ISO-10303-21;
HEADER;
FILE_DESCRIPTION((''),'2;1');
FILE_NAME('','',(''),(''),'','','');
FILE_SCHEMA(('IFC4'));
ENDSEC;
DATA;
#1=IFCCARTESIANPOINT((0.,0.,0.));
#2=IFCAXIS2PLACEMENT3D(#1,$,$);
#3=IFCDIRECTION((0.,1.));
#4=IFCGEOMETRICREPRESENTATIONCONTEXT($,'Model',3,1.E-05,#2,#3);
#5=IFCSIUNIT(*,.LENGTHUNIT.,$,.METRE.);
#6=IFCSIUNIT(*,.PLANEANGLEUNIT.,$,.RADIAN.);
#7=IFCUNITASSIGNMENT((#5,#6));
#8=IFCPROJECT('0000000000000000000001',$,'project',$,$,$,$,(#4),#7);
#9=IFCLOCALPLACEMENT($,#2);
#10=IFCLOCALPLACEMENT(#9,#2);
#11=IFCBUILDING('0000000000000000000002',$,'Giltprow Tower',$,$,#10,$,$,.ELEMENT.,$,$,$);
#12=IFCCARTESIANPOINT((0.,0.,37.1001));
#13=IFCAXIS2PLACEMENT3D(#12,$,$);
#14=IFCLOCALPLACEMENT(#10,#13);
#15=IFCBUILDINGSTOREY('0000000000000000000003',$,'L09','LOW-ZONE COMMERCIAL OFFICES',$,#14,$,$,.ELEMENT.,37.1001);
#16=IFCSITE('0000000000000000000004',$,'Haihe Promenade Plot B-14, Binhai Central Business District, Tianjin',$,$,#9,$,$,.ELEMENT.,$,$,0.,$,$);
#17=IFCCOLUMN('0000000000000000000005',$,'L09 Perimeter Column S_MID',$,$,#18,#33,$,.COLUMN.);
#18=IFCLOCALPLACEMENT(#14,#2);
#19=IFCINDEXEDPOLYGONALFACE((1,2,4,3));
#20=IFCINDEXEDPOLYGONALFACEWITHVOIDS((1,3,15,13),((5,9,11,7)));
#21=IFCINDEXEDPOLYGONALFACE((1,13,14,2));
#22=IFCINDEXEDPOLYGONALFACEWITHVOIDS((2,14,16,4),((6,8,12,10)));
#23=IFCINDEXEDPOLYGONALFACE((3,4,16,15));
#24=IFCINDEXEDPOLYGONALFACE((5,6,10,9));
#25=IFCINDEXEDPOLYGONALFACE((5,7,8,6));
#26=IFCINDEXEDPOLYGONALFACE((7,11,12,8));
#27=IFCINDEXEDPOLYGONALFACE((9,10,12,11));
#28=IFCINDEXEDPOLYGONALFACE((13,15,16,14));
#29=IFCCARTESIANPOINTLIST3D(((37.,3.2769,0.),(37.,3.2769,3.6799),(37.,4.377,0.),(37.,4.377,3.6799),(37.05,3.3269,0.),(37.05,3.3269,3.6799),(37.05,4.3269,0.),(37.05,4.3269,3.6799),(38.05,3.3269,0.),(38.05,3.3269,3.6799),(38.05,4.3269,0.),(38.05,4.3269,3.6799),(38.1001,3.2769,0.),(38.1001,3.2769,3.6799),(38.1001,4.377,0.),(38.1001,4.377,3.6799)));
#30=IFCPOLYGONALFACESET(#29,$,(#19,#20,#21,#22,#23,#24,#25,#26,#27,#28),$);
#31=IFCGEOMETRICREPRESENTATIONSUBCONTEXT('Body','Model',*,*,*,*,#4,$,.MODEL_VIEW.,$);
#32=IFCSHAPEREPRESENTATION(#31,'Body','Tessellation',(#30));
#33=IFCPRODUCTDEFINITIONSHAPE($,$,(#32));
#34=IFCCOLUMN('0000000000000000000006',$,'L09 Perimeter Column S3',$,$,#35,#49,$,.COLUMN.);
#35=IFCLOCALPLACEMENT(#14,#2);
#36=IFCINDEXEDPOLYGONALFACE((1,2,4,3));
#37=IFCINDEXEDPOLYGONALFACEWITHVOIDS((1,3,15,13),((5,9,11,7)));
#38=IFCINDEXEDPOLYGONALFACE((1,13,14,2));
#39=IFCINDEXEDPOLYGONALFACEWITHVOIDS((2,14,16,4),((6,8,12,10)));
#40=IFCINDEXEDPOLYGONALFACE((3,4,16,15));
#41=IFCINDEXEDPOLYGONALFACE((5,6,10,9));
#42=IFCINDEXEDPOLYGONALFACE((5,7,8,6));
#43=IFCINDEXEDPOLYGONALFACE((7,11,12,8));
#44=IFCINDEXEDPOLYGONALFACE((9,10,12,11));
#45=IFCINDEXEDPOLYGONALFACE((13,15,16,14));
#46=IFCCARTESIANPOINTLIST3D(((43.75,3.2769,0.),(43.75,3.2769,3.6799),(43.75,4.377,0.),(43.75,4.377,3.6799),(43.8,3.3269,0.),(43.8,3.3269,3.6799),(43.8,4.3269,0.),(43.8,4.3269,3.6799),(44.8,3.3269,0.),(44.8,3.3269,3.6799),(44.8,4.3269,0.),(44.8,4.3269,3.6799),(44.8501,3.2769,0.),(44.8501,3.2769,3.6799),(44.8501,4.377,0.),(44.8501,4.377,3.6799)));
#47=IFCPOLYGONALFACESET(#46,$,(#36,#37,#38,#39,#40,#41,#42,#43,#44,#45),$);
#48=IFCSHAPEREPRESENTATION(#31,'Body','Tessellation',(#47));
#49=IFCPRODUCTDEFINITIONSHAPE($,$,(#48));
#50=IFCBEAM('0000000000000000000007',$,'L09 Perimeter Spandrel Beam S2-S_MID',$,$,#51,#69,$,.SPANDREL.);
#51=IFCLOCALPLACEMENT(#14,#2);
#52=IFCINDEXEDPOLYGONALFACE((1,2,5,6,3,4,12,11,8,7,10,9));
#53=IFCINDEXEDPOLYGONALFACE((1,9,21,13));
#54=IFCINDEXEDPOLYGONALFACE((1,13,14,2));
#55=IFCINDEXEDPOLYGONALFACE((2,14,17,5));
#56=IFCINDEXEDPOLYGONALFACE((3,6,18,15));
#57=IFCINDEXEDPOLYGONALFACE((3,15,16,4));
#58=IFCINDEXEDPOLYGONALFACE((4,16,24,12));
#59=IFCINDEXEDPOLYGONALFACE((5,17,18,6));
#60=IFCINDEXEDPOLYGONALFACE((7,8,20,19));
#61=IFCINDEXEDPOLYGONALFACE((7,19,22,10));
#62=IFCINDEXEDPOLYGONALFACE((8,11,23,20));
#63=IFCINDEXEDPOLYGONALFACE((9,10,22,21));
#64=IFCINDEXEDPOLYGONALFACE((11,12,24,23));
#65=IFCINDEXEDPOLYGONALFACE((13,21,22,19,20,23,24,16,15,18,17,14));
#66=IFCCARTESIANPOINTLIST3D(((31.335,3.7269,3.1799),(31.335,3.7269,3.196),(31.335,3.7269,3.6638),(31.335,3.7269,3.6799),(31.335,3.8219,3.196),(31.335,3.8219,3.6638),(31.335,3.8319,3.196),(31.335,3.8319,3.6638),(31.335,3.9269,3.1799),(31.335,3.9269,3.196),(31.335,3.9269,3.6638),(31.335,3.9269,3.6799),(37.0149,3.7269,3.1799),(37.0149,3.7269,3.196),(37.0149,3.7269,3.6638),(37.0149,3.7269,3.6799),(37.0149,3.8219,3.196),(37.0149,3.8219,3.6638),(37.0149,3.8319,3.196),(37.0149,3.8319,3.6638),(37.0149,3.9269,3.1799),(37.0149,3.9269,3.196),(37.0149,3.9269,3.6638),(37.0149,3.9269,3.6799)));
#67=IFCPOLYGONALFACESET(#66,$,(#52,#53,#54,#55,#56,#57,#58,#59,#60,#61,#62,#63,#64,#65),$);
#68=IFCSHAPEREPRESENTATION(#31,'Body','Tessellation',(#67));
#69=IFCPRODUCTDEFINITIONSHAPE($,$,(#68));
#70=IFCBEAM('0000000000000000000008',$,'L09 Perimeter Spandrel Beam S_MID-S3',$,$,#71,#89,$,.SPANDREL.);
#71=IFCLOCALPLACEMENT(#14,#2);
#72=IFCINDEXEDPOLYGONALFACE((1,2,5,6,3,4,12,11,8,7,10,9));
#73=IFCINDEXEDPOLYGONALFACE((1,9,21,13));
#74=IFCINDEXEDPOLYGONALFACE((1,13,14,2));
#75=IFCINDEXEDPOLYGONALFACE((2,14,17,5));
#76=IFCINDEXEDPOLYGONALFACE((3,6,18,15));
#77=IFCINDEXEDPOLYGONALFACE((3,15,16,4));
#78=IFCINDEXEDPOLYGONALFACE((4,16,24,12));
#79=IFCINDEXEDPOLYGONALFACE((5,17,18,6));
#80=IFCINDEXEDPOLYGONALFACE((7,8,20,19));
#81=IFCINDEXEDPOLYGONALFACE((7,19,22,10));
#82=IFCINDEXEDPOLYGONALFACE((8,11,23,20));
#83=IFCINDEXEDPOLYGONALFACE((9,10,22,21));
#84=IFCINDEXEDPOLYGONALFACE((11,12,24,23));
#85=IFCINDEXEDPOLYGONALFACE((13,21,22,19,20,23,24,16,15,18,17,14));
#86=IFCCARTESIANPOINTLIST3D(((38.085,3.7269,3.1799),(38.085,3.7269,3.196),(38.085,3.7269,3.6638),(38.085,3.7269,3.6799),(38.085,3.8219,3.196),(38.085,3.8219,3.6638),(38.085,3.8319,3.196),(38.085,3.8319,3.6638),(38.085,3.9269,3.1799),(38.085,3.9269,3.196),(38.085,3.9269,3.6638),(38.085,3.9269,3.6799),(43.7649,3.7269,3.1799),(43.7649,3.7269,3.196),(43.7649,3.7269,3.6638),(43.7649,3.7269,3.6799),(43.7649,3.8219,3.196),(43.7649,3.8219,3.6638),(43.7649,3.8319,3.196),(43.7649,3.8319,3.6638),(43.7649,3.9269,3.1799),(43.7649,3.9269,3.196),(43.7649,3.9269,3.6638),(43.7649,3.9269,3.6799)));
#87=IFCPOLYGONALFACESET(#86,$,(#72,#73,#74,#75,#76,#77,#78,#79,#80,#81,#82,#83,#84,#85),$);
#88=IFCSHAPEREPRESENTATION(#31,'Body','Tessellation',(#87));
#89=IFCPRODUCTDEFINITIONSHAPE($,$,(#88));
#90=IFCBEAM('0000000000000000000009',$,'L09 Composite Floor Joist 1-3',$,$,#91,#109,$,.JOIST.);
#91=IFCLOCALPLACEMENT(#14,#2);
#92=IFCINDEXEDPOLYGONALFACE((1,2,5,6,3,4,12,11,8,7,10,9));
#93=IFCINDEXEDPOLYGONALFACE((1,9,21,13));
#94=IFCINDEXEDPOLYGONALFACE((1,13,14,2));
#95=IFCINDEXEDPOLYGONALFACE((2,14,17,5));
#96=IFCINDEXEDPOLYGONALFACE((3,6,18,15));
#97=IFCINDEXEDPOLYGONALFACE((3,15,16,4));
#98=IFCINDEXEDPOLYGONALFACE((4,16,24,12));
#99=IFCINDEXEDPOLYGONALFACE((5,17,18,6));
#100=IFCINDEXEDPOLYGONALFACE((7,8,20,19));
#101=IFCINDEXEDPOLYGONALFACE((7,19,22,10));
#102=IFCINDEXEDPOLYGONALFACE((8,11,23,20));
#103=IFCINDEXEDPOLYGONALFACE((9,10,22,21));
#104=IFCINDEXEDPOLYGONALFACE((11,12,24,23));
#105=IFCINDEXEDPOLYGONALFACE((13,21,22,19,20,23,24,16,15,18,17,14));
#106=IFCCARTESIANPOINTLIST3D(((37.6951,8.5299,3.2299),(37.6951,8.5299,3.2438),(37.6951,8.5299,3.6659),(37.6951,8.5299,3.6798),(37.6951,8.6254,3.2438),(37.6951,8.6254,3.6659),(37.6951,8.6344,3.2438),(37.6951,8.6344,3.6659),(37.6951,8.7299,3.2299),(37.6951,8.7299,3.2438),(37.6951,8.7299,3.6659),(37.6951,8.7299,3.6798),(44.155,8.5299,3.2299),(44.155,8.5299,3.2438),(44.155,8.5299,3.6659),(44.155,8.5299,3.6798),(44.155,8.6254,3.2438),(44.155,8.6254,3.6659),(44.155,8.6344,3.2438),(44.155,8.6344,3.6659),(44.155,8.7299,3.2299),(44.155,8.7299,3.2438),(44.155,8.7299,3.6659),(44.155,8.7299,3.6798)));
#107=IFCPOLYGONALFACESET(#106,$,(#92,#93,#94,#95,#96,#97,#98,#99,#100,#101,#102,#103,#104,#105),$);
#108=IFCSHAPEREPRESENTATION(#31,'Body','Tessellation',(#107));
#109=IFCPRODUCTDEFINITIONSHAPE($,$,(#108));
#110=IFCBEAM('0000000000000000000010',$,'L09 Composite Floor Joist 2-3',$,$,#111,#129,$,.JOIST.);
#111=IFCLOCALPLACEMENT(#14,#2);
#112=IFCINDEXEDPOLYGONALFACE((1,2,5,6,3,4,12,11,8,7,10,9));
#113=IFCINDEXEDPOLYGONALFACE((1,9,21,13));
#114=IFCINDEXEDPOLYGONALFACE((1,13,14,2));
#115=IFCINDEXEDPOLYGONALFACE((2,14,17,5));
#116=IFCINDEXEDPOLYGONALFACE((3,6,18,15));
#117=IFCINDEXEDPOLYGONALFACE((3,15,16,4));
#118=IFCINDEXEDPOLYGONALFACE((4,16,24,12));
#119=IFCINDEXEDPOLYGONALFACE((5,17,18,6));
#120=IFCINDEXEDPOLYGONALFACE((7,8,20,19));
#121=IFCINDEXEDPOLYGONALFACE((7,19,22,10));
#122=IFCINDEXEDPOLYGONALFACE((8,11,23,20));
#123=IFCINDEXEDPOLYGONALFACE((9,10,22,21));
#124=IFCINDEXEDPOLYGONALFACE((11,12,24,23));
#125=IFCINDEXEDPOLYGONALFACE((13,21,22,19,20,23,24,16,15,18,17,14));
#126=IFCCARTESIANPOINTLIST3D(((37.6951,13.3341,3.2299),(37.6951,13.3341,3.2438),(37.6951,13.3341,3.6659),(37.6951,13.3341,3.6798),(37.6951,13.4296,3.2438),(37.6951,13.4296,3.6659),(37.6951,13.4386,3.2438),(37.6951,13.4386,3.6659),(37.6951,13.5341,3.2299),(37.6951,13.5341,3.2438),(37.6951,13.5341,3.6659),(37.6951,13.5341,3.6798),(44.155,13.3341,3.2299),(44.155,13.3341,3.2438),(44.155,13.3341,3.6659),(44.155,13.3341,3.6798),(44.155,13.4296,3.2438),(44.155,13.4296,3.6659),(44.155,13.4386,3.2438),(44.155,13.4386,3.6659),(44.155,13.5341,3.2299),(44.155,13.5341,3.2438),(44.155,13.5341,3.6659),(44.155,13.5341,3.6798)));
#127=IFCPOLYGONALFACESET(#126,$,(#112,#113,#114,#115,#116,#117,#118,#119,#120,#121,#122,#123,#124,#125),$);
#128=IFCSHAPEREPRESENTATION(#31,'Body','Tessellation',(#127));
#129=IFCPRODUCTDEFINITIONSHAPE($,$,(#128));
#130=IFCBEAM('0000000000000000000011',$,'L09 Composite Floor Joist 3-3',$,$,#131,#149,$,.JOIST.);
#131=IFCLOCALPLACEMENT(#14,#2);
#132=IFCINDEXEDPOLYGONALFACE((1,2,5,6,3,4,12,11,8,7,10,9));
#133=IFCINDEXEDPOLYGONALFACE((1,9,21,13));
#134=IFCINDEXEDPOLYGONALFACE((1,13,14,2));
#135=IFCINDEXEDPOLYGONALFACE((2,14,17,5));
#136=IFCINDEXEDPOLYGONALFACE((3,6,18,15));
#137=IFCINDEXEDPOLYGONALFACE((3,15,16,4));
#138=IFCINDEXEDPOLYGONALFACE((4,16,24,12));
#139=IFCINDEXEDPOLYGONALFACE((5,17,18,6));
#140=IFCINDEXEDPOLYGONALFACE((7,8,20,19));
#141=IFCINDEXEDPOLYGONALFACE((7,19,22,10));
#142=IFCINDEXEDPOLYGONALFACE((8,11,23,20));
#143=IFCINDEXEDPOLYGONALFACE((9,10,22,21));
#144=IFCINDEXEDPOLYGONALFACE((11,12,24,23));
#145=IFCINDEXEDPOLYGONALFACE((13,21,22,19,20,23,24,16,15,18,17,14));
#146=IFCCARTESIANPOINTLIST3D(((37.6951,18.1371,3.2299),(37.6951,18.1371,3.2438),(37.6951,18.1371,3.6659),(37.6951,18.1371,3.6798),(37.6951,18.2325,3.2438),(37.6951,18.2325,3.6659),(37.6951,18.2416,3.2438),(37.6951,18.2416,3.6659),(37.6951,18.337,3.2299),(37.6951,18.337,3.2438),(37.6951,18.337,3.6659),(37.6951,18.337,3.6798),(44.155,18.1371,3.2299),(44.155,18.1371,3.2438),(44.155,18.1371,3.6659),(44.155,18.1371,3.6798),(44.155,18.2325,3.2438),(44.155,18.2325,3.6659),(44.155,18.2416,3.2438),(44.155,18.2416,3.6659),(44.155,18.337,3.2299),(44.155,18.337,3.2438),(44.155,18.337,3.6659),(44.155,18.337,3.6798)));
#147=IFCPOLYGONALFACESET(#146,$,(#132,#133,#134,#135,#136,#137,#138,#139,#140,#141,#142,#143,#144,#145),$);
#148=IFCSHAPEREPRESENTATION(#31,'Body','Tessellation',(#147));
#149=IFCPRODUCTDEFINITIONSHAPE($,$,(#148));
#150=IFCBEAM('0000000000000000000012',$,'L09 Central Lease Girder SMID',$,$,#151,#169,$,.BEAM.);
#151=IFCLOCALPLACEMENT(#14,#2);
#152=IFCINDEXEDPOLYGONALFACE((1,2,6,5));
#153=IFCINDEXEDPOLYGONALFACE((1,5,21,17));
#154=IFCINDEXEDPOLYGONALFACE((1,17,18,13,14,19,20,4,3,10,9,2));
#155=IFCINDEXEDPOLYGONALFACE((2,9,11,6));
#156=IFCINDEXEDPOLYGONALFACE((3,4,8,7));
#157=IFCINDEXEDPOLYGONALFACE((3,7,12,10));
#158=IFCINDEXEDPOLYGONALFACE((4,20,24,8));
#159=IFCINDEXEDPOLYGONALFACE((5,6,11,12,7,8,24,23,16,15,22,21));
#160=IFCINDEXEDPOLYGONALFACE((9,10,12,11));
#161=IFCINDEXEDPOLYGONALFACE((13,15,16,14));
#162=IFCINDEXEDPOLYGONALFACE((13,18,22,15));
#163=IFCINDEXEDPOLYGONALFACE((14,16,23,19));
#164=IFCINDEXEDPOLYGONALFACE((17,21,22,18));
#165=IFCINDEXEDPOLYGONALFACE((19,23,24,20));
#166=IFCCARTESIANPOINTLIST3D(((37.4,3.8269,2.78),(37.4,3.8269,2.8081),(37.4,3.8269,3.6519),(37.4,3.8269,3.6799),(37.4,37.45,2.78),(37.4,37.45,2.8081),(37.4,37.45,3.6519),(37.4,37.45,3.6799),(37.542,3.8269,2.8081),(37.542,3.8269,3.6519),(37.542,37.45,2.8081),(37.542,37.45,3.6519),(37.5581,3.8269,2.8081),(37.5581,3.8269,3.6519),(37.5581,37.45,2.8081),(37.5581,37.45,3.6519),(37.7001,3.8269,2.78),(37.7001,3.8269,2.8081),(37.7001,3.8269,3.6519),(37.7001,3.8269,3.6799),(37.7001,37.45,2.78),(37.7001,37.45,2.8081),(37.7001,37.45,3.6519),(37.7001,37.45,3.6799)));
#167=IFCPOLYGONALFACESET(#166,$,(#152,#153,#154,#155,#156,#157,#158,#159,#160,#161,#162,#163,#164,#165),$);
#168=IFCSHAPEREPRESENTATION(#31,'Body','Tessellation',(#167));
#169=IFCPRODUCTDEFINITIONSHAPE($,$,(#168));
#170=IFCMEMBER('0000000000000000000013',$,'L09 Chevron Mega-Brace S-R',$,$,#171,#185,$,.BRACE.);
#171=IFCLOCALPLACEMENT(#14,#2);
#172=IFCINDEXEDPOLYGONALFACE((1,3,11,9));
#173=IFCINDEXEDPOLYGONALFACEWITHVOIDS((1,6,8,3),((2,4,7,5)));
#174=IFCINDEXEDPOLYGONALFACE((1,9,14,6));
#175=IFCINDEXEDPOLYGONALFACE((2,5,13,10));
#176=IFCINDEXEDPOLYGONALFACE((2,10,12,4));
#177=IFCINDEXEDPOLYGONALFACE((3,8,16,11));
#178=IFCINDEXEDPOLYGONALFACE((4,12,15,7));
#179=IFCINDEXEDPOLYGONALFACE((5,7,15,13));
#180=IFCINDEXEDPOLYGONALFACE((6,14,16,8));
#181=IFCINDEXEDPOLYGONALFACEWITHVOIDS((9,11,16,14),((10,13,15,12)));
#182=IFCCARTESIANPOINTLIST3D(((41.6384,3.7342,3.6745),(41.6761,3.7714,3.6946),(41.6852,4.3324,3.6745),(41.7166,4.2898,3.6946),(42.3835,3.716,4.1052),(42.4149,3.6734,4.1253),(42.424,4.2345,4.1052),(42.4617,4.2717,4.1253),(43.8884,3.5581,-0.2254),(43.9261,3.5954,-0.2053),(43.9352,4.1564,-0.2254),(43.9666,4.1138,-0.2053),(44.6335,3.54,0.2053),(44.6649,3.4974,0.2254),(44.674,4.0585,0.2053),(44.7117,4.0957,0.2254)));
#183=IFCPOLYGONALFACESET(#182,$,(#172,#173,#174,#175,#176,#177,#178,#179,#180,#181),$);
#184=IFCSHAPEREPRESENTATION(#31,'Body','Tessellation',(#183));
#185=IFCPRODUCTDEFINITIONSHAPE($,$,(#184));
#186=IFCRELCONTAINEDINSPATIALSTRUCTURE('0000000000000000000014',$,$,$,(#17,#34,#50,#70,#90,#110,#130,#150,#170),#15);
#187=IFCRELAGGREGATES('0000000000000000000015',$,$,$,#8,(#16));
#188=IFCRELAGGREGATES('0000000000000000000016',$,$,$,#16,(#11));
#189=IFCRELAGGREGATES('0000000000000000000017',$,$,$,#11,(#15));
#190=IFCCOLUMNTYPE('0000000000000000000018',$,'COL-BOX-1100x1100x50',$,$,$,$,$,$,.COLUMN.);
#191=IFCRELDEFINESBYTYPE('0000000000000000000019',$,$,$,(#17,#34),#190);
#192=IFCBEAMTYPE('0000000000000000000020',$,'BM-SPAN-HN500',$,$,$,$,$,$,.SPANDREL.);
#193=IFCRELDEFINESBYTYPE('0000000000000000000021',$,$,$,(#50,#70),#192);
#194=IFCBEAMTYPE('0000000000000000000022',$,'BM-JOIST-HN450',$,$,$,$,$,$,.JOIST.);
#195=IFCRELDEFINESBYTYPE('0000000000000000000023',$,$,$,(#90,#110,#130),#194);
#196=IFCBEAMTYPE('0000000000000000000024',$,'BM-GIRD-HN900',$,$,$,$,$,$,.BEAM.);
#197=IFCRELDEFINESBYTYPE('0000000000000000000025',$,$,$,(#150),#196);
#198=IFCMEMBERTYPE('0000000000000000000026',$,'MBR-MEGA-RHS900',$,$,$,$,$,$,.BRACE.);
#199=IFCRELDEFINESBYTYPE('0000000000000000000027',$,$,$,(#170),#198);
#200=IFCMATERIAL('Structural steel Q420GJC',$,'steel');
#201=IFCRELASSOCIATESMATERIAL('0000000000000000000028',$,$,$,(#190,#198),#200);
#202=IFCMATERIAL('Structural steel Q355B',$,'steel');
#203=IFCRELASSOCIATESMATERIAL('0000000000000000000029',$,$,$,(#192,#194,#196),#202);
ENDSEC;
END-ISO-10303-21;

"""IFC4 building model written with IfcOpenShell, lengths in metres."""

from ifc_helpers import new_model, si_unit, direction, frame, origin, origin_2d, place, context, subcontext, project, spatial, hollow_rectangle, i_section, extrude, source, transform, mapped, material, material_profile, profile_set, type_object, element, save


model = new_model("IFC4")

# Units and contexts
model_context = context("Model", 3, precision=1e-05, world=origin(), true_north=direction((0.0, 1.0)))
body_context = subcontext(model_context, "Body", "Model", "MODEL_VIEW")
ifc_project = project(units=[si_unit("LENGTHUNIT", "METRE"), si_unit("PLANEANGLEUNIT", "RADIAN")], contexts=[model_context])

# Site, building, storey
site_placement = place(None, origin())
site = spatial("IfcSite", under=ifc_project, at=site_placement, Name="Haihe Promenade Plot B-14, Binhai Central Business District, Tianjin", CompositionType="ELEMENT", RefElevation=0.0)
building_placement = place(site_placement, origin())
building = spatial("IfcBuilding", under=site, at=building_placement, Name="Giltprow Tower", CompositionType="ELEMENT")
storey_placement = place(building_placement, frame((0.0, 0.0, 37.1001)))
storey = spatial("IfcBuildingStorey", under=building, at=storey_placement, Name="L09", Description="LOW-ZONE COMMERCIAL OFFICES", CompositionType="ELEMENT", Elevation=37.1001)

# Columns
ifc_material_1 = material(Name="Structural steel Q420GJC", Category="steel")
ifc_material_profile_1 = material_profile(ifc_material_1, hollow_rectangle(XDim=1.1001, YDim=1.1001, WallThickness=0.05, at=origin_2d()), Name="BOX 1100x1100x50")
ifc_profile_set_1 = profile_set([ifc_material_profile_1], Name="Structural steel Q420GJC")
column_type = type_object("IfcColumnType", Name="COL-BOX-1100x1100x50", PredefinedType="COLUMN", material=ifc_profile_set_1)
shared_shape_1 = source(origin(), body_context, "Body", "SweptSolid", [
    extrude(hollow_rectangle(XDim=1.1001, YDim=1.1001, WallThickness=0.05, at=origin_2d()), origin(), (0.0, 0.0, 1.0), 3.6799),
])
for number, where, z_axis, x_axis, name in (
    (1, (37.55, 3.8269, 0.0), (0.0, 0.0, 1.0), (1.0, 0.0, 0.0), "L09 Perimeter Column S_MID"),
    (2, (44.3, 3.8269, 0.0), (0.0, 0.0, 1.0), (1.0, 0.0, 0.0), "L09 Perimeter Column S3"),
):
    element("IfcColumn", number, at=place(storey_placement, frame(where, z_axis=z_axis, x_axis=x_axis)), inside=storey, type_object=column_type, Name=name, PredefinedType="COLUMN", context=body_context, shape_type="MappedRepresentation", body=[
        mapped(shared_shape_1, transform((0.0, 0.0, 0.0), x_axis=(1.0, 0.0, 0.0), y_axis=(0.0, 1.0, 0.0), z_axis=(0.0, 0.0, 1.0), scale=1.0)),
    ])

# Beams
ifc_material_2 = material(Name="Structural steel Q355B", Category="steel")
ifc_material_profile_2 = material_profile(ifc_material_2, i_section(OverallWidth=0.2, OverallDepth=0.5, WebThickness=0.01, FlangeThickness=0.0161, at=origin_2d()), Name="HN 500x200x10x16")
ifc_profile_set_2 = profile_set([ifc_material_profile_2], Name="Structural steel Q355B")
beam_type_1 = type_object("IfcBeamType", Name="BM-SPAN-HN500", PredefinedType="SPANDREL", material=ifc_profile_set_2)
shared_shape_2 = source(origin(), body_context, "Body", "SweptSolid", [
    extrude(i_section(OverallWidth=0.2, OverallDepth=0.5, WebThickness=0.01, FlangeThickness=0.0161, at=origin_2d()), origin(), (0.0, 0.0, 1.0), 5.6799),
])
for number, where, z_axis, x_axis, name in (
    (3, (31.335, 3.8269, 3.4299), (1.0, 0.0, 0.0), (0.0, 1.0, 0.0), "L09 Perimeter Spandrel Beam S2-S_MID"),
    (4, (38.085, 3.8269, 3.4299), (1.0, 0.0, 0.0), (0.0, 1.0, 0.0), "L09 Perimeter Spandrel Beam S_MID-S3"),
):
    element("IfcBeam", number, at=place(storey_placement, frame(where, z_axis=z_axis, x_axis=x_axis)), inside=storey, type_object=beam_type_1, Name=name, PredefinedType="SPANDREL", context=body_context, shape_type="MappedRepresentation", body=[
        mapped(shared_shape_2, transform((0.0, 0.0, 0.0), x_axis=(1.0, 0.0, 0.0), y_axis=(0.0, 1.0, 0.0), z_axis=(0.0, 0.0, 1.0), scale=1.0)),
    ])
ifc_material_profile_3 = material_profile(ifc_material_2, i_section(OverallWidth=0.2, OverallDepth=0.45, WebThickness=0.009, FlangeThickness=0.0139, at=origin_2d()), Name="HN 450x200x9x14")
ifc_profile_set_3 = profile_set([ifc_material_profile_3], Name="Structural steel Q355B")
beam_type_2 = type_object("IfcBeamType", Name="BM-JOIST-HN450", PredefinedType="JOIST", material=ifc_profile_set_3)
shared_shape_3 = source(origin(), body_context, "Body", "SweptSolid", [
    extrude(i_section(OverallWidth=0.2, OverallDepth=0.45, WebThickness=0.009, FlangeThickness=0.0139, at=origin_2d()), origin(), (0.0, 0.0, 1.0), 6.46),
])
for number, where, z_axis, x_axis, name in (
    (5, (37.6951, 8.6299, 3.4548), (1.0, 0.0, 0.0), (0.0, 1.0, 0.0), "L09 Composite Floor Joist 1-3"),
    (6, (37.6951, 13.4341, 3.4548), (1.0, 0.0, 0.0), (0.0, 1.0, 0.0), "L09 Composite Floor Joist 2-3"),
    (7, (37.6951, 18.2371, 3.4548), (1.0, 0.0, 0.0), (0.0, 1.0, 0.0), "L09 Composite Floor Joist 3-3"),
):
    element("IfcBeam", number, at=place(storey_placement, frame(where, z_axis=z_axis, x_axis=x_axis)), inside=storey, type_object=beam_type_2, Name=name, PredefinedType="JOIST", context=body_context, shape_type="MappedRepresentation", body=[
        mapped(shared_shape_3, transform((0.0, 0.0, 0.0), x_axis=(1.0, 0.0, 0.0), y_axis=(0.0, 1.0, 0.0), z_axis=(0.0, 0.0, 1.0), scale=1.0)),
    ])
ifc_material_profile_4 = material_profile(ifc_material_2, i_section(OverallWidth=0.3, OverallDepth=0.8999, WebThickness=0.0161, FlangeThickness=0.0281, at=origin_2d()), Name="HN 900x300x16x28")
ifc_profile_set_4 = profile_set([ifc_material_profile_4], Name="Structural steel Q355B")
beam_type_3 = type_object("IfcBeamType", Name="BM-GIRD-HN900", PredefinedType="BEAM", material=ifc_profile_set_4)
shared_shape_4 = source(origin(), body_context, "Body", "SweptSolid", [
    extrude(i_section(OverallWidth=0.3, OverallDepth=0.8999, WebThickness=0.0161, FlangeThickness=0.0281, at=origin_2d()), origin(), (0.0, 0.0, 1.0), 33.623),
])
beam_placement = place(storey_placement, frame((37.55, 3.8269, 3.23), z_axis=(0.0, 1.0, 0.0), x_axis=(-1.0, 0.0, 0.0)))
element("IfcBeam", 8, at=beam_placement, inside=storey, type_object=beam_type_3, Name="L09 Central Lease Girder SMID", PredefinedType="BEAM", context=body_context, shape_type="MappedRepresentation", body=[
    mapped(shared_shape_4, transform((0.0, 0.0, 0.0), x_axis=(1.0, 0.0, 0.0), y_axis=(0.0, 1.0, 0.0), z_axis=(0.0, 0.0, 1.0), scale=1.0)),
])

# Member
ifc_material_profile_5 = material_profile(ifc_material_1, hollow_rectangle(XDim=0.6001, YDim=0.8999, WallThickness=0.04, at=origin_2d()), Name="RHS 900x600x40")
ifc_profile_set_5 = profile_set([ifc_material_profile_5], Name="Structural steel Q420GJC")
member_type = type_object("IfcMemberType", Name="MBR-MEGA-RHS900", PredefinedType="BRACE", material=ifc_profile_set_5)
shared_shape_5 = source(origin(), body_context, "Body", "SweptSolid", [
    extrude(hollow_rectangle(XDim=0.6001, YDim=0.8999, WallThickness=0.04, at=origin_2d()), origin(), (0.0, 0.0, 1.0), 4.5059),
])
member_placement = place(storey_placement, frame((44.3, 3.8269, 0.0), z_axis=(-0.49935, 0.039066, 0.865519), x_axis=(-0.077995, -0.996954, 0.0)))
element("IfcMember", 9, at=member_placement, inside=storey, type_object=member_type, Name="L09 Chevron Mega-Brace S-R", PredefinedType="BRACE", context=body_context, shape_type="MappedRepresentation", body=[
    mapped(shared_shape_5, transform((0.0, 0.0, 0.0), x_axis=(1.0, 0.0, 0.0), y_axis=(0.0, 1.0, 0.0), z_axis=(0.0, 0.0, 1.0), scale=1.0)),
])

save(model, "model.ifc")
